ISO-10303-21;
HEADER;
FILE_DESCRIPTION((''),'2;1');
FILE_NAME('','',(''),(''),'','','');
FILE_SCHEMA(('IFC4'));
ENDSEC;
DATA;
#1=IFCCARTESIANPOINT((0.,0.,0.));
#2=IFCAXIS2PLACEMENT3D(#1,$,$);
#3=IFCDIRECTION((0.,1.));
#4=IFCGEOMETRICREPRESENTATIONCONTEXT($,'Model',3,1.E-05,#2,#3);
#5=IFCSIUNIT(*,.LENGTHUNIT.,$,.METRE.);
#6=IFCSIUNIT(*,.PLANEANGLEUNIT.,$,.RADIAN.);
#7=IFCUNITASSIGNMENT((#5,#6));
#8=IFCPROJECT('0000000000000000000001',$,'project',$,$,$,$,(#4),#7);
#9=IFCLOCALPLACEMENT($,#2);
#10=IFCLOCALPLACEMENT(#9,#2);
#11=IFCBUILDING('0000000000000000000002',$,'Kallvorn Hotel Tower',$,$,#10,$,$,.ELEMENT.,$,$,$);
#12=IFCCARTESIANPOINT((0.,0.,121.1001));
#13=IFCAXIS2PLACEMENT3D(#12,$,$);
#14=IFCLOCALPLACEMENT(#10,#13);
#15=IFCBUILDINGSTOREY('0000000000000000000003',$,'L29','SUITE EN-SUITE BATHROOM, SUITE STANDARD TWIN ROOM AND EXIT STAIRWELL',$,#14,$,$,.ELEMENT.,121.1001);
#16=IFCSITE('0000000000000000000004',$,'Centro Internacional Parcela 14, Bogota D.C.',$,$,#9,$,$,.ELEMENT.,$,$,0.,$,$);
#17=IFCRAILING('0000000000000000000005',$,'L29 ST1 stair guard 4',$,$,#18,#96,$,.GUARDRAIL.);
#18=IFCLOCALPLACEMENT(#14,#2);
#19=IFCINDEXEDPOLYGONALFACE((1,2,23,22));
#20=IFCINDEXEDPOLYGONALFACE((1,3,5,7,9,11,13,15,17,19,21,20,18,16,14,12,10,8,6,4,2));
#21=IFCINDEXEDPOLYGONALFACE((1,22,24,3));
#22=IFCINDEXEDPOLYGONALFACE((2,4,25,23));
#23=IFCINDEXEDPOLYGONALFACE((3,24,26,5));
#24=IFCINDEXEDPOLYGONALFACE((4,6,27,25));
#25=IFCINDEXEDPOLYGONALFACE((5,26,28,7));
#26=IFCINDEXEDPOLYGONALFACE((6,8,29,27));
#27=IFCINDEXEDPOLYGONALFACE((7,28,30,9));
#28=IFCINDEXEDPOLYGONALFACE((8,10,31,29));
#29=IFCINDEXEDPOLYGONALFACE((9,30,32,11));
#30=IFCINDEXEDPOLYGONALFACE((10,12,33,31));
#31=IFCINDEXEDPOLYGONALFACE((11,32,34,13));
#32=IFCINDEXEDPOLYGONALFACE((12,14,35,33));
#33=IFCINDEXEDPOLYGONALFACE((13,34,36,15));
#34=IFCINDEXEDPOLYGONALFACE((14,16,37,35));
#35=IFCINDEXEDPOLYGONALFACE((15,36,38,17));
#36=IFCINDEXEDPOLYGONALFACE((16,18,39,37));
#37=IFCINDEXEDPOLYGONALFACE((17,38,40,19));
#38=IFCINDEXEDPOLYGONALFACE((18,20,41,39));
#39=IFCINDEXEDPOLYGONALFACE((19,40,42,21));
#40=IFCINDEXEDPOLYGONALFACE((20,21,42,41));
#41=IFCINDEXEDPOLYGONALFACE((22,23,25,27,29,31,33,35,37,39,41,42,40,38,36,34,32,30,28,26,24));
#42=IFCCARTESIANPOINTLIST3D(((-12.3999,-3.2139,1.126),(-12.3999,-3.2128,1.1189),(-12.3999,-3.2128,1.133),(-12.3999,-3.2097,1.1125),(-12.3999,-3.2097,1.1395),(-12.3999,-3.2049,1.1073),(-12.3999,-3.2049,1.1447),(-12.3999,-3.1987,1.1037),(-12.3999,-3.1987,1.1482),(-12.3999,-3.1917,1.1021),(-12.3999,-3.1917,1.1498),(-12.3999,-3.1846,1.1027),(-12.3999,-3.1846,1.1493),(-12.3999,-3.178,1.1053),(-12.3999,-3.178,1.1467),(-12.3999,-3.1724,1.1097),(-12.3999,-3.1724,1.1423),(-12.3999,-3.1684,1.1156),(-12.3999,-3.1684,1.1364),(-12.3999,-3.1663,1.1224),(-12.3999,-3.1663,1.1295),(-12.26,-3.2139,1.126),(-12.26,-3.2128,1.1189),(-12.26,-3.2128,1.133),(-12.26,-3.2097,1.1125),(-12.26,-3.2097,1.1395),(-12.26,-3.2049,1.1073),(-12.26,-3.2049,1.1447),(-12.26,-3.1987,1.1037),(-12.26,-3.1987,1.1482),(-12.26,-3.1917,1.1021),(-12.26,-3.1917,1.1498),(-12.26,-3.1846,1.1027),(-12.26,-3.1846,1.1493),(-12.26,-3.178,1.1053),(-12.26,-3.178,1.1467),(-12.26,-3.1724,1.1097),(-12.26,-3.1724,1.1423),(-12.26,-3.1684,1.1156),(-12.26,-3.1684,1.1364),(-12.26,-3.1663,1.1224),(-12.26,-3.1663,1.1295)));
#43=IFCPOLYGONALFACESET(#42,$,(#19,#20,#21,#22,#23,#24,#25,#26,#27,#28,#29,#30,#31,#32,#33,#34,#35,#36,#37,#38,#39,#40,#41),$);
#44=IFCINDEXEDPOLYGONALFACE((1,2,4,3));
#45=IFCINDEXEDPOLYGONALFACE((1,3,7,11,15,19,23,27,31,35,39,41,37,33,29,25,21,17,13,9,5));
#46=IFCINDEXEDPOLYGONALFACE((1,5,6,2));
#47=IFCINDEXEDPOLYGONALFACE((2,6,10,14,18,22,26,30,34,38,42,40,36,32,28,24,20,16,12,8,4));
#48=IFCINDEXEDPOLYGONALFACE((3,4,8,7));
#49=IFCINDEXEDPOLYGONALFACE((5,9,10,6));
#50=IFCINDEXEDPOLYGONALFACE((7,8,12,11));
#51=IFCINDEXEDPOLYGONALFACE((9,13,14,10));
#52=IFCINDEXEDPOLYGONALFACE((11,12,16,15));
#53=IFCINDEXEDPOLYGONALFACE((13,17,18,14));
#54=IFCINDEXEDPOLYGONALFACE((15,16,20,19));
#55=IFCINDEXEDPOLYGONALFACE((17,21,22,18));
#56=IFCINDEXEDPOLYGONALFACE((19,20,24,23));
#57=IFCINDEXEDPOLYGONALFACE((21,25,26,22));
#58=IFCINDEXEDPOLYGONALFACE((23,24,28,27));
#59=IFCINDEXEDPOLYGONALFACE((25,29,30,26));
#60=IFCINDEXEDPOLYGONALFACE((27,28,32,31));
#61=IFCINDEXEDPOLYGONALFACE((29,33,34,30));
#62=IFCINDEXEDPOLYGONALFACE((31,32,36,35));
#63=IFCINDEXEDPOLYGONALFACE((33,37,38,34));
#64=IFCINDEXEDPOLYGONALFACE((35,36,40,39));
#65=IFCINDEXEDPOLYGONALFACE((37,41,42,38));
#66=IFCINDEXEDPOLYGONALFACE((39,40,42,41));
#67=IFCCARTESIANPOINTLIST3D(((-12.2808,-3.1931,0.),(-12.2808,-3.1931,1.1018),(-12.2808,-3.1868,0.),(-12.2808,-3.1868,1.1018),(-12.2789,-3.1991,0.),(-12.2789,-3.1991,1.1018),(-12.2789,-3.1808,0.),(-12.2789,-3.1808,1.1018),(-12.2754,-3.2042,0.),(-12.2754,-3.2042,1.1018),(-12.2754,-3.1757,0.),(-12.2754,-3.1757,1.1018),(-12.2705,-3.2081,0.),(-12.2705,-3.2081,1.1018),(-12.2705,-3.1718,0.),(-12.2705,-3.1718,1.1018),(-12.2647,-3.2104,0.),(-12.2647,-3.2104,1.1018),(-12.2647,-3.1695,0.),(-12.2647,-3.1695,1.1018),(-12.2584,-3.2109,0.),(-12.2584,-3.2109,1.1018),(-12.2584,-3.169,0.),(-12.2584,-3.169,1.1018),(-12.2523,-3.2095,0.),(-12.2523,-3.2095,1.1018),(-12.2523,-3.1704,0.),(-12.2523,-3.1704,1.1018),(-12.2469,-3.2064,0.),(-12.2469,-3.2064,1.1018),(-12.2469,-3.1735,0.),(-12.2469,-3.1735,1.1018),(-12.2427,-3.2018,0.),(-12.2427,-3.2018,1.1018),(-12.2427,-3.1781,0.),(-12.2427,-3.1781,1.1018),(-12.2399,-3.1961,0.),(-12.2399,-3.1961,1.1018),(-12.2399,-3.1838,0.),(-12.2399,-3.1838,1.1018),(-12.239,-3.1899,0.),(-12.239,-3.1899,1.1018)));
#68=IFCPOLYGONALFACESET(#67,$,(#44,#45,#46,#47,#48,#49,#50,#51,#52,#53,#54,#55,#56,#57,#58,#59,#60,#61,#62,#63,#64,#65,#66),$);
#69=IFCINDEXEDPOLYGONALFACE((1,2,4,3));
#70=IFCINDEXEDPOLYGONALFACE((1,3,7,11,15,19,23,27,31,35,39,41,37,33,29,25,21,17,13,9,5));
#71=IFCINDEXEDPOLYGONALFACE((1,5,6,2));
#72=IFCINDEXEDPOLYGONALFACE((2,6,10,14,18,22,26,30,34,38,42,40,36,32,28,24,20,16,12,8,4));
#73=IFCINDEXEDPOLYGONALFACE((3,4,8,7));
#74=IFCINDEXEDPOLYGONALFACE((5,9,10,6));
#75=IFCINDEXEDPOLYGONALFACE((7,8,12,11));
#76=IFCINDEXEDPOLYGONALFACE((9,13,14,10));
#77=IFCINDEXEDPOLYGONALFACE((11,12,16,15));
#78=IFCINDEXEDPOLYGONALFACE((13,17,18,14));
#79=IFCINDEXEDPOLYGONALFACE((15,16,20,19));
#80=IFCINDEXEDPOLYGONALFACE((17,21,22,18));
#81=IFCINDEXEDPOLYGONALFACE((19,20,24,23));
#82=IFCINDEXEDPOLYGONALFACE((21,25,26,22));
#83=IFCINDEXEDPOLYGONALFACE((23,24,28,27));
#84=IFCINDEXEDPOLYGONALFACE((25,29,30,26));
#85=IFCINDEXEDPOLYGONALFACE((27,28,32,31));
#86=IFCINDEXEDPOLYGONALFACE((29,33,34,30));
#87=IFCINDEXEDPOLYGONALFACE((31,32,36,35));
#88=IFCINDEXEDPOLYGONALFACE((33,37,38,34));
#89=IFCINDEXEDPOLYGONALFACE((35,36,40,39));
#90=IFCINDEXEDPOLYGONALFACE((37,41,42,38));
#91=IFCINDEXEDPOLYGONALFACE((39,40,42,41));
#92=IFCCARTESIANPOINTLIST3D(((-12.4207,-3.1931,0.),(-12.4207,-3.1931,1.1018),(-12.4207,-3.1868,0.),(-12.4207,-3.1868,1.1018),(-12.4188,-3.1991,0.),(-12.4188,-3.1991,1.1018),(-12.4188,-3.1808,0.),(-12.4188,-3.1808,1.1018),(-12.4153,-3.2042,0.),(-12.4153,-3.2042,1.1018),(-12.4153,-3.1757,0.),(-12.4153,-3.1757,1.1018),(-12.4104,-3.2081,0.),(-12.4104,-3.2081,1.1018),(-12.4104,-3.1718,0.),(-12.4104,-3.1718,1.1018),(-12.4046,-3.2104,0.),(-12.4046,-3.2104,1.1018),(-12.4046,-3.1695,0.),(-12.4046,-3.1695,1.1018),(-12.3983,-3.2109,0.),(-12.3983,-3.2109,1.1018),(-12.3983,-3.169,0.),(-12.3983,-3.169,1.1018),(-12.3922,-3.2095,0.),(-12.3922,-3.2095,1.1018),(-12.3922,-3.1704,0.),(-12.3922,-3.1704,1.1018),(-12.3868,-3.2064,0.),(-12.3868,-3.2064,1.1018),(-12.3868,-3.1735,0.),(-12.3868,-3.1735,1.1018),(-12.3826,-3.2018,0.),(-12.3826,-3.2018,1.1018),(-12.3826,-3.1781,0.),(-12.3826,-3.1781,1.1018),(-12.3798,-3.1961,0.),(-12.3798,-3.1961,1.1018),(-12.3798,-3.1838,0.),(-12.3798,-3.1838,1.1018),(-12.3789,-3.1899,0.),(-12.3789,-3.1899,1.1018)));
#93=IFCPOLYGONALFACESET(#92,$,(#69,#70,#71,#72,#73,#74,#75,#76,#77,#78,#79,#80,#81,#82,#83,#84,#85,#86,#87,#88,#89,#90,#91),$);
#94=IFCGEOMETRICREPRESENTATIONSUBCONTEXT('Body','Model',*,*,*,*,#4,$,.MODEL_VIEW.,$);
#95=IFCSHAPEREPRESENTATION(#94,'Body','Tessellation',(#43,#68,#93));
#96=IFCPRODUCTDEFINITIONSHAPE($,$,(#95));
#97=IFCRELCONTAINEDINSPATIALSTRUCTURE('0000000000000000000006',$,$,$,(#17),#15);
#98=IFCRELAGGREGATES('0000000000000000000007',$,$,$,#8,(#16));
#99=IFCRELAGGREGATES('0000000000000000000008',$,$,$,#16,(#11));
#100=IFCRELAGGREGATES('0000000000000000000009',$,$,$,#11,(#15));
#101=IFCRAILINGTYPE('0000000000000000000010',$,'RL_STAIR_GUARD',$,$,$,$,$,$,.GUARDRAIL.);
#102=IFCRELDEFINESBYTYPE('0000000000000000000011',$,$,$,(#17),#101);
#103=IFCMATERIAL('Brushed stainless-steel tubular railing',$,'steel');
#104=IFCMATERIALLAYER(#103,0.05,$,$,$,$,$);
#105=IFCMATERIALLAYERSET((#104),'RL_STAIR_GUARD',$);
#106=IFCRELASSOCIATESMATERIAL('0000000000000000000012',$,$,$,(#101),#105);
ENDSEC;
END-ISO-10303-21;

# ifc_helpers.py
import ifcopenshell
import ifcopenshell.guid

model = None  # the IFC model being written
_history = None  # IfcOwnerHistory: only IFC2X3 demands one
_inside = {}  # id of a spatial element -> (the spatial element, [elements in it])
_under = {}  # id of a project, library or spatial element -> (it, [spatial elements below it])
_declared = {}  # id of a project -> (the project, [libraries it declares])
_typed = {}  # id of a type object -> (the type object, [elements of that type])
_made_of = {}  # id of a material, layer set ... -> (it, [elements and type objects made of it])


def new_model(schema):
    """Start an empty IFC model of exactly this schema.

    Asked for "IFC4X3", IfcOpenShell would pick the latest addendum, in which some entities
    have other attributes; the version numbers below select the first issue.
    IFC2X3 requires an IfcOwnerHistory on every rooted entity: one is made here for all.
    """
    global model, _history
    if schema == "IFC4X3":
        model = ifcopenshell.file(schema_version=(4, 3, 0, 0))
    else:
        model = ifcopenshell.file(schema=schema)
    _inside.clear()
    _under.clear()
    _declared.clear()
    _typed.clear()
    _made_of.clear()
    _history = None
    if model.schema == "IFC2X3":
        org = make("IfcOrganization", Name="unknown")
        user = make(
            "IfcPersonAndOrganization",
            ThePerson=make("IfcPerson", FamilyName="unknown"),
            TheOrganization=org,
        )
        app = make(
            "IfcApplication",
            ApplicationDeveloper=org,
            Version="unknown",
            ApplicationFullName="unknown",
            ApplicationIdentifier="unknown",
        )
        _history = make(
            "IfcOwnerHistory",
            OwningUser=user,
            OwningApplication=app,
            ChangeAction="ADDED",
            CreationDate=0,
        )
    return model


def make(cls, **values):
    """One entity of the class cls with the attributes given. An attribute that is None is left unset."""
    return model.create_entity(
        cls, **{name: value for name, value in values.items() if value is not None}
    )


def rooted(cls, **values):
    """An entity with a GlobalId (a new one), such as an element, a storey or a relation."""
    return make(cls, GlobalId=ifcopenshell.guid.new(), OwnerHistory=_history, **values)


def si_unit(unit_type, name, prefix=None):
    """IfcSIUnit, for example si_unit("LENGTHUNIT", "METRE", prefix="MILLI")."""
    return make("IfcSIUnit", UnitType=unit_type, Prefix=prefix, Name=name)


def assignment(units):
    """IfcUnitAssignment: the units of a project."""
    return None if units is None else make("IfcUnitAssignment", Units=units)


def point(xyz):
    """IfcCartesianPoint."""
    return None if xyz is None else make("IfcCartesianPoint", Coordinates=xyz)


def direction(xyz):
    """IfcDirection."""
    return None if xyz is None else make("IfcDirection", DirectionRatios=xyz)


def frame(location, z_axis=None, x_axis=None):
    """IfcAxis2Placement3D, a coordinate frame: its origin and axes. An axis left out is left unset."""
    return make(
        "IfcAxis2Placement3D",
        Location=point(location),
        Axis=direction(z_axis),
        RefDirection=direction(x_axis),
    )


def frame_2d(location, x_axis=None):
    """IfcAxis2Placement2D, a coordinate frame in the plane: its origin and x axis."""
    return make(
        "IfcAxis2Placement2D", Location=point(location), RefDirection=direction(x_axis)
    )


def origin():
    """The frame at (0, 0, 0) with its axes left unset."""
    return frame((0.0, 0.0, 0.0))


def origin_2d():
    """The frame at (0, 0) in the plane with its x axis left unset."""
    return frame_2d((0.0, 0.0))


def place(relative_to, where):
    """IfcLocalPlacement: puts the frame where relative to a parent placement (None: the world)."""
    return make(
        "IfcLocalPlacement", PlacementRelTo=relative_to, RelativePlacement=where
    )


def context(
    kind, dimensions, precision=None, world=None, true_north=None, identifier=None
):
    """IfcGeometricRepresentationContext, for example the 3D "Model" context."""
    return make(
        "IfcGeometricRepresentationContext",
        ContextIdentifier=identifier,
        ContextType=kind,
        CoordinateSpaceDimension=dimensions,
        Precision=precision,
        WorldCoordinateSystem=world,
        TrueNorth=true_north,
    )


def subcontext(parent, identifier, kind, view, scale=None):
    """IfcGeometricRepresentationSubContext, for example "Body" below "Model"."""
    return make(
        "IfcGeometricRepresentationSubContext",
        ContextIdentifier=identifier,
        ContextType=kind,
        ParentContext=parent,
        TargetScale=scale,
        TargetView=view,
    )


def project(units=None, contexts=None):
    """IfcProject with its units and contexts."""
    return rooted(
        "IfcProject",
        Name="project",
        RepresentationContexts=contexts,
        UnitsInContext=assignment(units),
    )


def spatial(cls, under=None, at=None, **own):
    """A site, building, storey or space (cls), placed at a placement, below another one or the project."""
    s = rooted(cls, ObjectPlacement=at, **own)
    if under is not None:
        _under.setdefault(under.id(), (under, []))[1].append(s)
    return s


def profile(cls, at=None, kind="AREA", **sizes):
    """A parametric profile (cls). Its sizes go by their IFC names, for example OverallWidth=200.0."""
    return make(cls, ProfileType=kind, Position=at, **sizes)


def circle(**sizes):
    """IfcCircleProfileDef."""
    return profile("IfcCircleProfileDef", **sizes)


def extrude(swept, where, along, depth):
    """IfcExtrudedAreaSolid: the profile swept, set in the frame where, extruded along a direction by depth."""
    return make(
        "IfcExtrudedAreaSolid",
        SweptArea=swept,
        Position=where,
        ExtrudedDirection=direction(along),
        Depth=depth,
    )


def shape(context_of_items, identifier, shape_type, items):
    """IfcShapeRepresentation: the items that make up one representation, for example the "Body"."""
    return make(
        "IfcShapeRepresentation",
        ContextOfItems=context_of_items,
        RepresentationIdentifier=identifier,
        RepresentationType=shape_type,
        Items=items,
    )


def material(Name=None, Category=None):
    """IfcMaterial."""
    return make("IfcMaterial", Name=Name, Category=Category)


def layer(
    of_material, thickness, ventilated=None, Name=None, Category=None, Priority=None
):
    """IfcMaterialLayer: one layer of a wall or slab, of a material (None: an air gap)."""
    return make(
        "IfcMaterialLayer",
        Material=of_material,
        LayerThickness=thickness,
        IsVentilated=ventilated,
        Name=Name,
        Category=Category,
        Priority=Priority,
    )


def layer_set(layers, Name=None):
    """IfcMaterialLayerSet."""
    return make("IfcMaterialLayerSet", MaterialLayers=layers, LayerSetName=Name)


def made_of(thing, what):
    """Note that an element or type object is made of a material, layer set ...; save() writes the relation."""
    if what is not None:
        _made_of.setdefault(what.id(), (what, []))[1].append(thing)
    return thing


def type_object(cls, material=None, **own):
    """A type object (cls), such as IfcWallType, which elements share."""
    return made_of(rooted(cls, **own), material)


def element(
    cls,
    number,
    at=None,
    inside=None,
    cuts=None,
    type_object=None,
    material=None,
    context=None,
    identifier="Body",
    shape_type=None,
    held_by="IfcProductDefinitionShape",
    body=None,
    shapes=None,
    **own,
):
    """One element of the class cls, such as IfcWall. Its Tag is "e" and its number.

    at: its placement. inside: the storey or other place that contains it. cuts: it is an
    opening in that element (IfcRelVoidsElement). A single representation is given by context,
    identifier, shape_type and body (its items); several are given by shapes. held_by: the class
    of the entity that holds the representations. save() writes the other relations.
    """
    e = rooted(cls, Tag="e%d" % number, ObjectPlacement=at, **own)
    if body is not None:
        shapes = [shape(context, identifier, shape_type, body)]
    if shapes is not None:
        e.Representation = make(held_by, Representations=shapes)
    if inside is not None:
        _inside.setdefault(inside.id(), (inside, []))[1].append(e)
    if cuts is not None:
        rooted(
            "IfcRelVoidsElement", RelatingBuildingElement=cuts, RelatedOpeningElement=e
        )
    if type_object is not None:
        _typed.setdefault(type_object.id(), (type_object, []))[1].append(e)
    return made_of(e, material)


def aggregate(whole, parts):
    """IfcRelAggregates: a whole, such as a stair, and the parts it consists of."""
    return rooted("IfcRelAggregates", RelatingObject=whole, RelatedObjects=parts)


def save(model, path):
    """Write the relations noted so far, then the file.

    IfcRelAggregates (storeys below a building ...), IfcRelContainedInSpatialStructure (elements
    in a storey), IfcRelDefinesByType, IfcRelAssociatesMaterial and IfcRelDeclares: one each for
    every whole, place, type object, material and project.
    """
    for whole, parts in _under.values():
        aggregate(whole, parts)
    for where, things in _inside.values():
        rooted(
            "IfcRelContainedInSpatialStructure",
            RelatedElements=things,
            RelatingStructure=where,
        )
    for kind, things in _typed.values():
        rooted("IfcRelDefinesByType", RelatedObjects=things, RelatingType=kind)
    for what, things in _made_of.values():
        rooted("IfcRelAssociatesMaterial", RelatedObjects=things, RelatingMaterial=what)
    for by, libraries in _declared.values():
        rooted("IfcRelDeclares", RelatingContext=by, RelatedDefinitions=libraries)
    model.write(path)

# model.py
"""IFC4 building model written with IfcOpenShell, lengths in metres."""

from ifc_helpers import new_model, si_unit, direction, frame, origin, origin_2d, place, context, subcontext, project, spatial, circle, extrude, material, layer, layer_set, type_object, element, save


model = new_model("IFC4")

# Units and contexts
model_context = context("Model", 3, precision=1e-05, world=origin(), true_north=direction((0.0, 1.0)))
body_context = subcontext(model_context, "Body", "Model", "MODEL_VIEW")
ifc_project = project(units=[si_unit("LENGTHUNIT", "METRE"), si_unit("PLANEANGLEUNIT", "RADIAN")], contexts=[model_context])

# Site, building, storey
site_placement = place(None, origin())
site = spatial("IfcSite", under=ifc_project, at=site_placement, Name="Centro Internacional Parcela 14, Bogota D.C.", CompositionType="ELEMENT", RefElevation=0.0)
building_placement = place(site_placement, origin())
building = spatial("IfcBuilding", under=site, at=building_placement, Name="Kallvorn Hotel Tower", CompositionType="ELEMENT")
storey_placement = place(building_placement, frame((0.0, 0.0, 121.1001)))
storey = spatial("IfcBuildingStorey", under=building, at=storey_placement, Name="L29", Description="SUITE EN-SUITE BATHROOM, SUITE STANDARD TWIN ROOM AND EXIT STAIRWELL", CompositionType="ELEMENT", Elevation=121.1001)

# Railing
ifc_material_1 = material(Name="Brushed stainless-steel tubular railing", Category="steel")
ifc_layer_1 = layer(ifc_material_1, 0.05)
ifc_layer_set_1 = layer_set([ifc_layer_1], Name="RL_STAIR_GUARD")
railing_type_1 = type_object("IfcRailingType", Name="RL_STAIR_GUARD", PredefinedType="GUARDRAIL", material=ifc_layer_set_1)
railing_1_placement = place(storey_placement, frame((-12.26, -3.1899, 0.0)))
element("IfcRailing", 1, at=railing_1_placement, inside=storey, type_object=railing_type_1, Name="L29 ST1 stair guard 4", PredefinedType="GUARDRAIL", context=body_context, shape_type="SweptSolid", body=[
    extrude(circle(Radius=0.0239, at=origin_2d()), frame((0.0, 0.0, 1.126), z_axis=(-1.0, 0.0, 0.0), x_axis=(0.0, -1.0, 0.0)), (0.0, 0.0, 1.0), 0.1399),
    extrude(circle(Radius=0.021, at=origin_2d()), origin(), (0.0, 0.0, 1.0), 1.1018),
    extrude(circle(Radius=0.021, at=origin_2d()), frame((-0.1399, 0.0, 0.0)), (0.0, 0.0, 1.0), 1.1018),
])

save(model, "model.ifc")
